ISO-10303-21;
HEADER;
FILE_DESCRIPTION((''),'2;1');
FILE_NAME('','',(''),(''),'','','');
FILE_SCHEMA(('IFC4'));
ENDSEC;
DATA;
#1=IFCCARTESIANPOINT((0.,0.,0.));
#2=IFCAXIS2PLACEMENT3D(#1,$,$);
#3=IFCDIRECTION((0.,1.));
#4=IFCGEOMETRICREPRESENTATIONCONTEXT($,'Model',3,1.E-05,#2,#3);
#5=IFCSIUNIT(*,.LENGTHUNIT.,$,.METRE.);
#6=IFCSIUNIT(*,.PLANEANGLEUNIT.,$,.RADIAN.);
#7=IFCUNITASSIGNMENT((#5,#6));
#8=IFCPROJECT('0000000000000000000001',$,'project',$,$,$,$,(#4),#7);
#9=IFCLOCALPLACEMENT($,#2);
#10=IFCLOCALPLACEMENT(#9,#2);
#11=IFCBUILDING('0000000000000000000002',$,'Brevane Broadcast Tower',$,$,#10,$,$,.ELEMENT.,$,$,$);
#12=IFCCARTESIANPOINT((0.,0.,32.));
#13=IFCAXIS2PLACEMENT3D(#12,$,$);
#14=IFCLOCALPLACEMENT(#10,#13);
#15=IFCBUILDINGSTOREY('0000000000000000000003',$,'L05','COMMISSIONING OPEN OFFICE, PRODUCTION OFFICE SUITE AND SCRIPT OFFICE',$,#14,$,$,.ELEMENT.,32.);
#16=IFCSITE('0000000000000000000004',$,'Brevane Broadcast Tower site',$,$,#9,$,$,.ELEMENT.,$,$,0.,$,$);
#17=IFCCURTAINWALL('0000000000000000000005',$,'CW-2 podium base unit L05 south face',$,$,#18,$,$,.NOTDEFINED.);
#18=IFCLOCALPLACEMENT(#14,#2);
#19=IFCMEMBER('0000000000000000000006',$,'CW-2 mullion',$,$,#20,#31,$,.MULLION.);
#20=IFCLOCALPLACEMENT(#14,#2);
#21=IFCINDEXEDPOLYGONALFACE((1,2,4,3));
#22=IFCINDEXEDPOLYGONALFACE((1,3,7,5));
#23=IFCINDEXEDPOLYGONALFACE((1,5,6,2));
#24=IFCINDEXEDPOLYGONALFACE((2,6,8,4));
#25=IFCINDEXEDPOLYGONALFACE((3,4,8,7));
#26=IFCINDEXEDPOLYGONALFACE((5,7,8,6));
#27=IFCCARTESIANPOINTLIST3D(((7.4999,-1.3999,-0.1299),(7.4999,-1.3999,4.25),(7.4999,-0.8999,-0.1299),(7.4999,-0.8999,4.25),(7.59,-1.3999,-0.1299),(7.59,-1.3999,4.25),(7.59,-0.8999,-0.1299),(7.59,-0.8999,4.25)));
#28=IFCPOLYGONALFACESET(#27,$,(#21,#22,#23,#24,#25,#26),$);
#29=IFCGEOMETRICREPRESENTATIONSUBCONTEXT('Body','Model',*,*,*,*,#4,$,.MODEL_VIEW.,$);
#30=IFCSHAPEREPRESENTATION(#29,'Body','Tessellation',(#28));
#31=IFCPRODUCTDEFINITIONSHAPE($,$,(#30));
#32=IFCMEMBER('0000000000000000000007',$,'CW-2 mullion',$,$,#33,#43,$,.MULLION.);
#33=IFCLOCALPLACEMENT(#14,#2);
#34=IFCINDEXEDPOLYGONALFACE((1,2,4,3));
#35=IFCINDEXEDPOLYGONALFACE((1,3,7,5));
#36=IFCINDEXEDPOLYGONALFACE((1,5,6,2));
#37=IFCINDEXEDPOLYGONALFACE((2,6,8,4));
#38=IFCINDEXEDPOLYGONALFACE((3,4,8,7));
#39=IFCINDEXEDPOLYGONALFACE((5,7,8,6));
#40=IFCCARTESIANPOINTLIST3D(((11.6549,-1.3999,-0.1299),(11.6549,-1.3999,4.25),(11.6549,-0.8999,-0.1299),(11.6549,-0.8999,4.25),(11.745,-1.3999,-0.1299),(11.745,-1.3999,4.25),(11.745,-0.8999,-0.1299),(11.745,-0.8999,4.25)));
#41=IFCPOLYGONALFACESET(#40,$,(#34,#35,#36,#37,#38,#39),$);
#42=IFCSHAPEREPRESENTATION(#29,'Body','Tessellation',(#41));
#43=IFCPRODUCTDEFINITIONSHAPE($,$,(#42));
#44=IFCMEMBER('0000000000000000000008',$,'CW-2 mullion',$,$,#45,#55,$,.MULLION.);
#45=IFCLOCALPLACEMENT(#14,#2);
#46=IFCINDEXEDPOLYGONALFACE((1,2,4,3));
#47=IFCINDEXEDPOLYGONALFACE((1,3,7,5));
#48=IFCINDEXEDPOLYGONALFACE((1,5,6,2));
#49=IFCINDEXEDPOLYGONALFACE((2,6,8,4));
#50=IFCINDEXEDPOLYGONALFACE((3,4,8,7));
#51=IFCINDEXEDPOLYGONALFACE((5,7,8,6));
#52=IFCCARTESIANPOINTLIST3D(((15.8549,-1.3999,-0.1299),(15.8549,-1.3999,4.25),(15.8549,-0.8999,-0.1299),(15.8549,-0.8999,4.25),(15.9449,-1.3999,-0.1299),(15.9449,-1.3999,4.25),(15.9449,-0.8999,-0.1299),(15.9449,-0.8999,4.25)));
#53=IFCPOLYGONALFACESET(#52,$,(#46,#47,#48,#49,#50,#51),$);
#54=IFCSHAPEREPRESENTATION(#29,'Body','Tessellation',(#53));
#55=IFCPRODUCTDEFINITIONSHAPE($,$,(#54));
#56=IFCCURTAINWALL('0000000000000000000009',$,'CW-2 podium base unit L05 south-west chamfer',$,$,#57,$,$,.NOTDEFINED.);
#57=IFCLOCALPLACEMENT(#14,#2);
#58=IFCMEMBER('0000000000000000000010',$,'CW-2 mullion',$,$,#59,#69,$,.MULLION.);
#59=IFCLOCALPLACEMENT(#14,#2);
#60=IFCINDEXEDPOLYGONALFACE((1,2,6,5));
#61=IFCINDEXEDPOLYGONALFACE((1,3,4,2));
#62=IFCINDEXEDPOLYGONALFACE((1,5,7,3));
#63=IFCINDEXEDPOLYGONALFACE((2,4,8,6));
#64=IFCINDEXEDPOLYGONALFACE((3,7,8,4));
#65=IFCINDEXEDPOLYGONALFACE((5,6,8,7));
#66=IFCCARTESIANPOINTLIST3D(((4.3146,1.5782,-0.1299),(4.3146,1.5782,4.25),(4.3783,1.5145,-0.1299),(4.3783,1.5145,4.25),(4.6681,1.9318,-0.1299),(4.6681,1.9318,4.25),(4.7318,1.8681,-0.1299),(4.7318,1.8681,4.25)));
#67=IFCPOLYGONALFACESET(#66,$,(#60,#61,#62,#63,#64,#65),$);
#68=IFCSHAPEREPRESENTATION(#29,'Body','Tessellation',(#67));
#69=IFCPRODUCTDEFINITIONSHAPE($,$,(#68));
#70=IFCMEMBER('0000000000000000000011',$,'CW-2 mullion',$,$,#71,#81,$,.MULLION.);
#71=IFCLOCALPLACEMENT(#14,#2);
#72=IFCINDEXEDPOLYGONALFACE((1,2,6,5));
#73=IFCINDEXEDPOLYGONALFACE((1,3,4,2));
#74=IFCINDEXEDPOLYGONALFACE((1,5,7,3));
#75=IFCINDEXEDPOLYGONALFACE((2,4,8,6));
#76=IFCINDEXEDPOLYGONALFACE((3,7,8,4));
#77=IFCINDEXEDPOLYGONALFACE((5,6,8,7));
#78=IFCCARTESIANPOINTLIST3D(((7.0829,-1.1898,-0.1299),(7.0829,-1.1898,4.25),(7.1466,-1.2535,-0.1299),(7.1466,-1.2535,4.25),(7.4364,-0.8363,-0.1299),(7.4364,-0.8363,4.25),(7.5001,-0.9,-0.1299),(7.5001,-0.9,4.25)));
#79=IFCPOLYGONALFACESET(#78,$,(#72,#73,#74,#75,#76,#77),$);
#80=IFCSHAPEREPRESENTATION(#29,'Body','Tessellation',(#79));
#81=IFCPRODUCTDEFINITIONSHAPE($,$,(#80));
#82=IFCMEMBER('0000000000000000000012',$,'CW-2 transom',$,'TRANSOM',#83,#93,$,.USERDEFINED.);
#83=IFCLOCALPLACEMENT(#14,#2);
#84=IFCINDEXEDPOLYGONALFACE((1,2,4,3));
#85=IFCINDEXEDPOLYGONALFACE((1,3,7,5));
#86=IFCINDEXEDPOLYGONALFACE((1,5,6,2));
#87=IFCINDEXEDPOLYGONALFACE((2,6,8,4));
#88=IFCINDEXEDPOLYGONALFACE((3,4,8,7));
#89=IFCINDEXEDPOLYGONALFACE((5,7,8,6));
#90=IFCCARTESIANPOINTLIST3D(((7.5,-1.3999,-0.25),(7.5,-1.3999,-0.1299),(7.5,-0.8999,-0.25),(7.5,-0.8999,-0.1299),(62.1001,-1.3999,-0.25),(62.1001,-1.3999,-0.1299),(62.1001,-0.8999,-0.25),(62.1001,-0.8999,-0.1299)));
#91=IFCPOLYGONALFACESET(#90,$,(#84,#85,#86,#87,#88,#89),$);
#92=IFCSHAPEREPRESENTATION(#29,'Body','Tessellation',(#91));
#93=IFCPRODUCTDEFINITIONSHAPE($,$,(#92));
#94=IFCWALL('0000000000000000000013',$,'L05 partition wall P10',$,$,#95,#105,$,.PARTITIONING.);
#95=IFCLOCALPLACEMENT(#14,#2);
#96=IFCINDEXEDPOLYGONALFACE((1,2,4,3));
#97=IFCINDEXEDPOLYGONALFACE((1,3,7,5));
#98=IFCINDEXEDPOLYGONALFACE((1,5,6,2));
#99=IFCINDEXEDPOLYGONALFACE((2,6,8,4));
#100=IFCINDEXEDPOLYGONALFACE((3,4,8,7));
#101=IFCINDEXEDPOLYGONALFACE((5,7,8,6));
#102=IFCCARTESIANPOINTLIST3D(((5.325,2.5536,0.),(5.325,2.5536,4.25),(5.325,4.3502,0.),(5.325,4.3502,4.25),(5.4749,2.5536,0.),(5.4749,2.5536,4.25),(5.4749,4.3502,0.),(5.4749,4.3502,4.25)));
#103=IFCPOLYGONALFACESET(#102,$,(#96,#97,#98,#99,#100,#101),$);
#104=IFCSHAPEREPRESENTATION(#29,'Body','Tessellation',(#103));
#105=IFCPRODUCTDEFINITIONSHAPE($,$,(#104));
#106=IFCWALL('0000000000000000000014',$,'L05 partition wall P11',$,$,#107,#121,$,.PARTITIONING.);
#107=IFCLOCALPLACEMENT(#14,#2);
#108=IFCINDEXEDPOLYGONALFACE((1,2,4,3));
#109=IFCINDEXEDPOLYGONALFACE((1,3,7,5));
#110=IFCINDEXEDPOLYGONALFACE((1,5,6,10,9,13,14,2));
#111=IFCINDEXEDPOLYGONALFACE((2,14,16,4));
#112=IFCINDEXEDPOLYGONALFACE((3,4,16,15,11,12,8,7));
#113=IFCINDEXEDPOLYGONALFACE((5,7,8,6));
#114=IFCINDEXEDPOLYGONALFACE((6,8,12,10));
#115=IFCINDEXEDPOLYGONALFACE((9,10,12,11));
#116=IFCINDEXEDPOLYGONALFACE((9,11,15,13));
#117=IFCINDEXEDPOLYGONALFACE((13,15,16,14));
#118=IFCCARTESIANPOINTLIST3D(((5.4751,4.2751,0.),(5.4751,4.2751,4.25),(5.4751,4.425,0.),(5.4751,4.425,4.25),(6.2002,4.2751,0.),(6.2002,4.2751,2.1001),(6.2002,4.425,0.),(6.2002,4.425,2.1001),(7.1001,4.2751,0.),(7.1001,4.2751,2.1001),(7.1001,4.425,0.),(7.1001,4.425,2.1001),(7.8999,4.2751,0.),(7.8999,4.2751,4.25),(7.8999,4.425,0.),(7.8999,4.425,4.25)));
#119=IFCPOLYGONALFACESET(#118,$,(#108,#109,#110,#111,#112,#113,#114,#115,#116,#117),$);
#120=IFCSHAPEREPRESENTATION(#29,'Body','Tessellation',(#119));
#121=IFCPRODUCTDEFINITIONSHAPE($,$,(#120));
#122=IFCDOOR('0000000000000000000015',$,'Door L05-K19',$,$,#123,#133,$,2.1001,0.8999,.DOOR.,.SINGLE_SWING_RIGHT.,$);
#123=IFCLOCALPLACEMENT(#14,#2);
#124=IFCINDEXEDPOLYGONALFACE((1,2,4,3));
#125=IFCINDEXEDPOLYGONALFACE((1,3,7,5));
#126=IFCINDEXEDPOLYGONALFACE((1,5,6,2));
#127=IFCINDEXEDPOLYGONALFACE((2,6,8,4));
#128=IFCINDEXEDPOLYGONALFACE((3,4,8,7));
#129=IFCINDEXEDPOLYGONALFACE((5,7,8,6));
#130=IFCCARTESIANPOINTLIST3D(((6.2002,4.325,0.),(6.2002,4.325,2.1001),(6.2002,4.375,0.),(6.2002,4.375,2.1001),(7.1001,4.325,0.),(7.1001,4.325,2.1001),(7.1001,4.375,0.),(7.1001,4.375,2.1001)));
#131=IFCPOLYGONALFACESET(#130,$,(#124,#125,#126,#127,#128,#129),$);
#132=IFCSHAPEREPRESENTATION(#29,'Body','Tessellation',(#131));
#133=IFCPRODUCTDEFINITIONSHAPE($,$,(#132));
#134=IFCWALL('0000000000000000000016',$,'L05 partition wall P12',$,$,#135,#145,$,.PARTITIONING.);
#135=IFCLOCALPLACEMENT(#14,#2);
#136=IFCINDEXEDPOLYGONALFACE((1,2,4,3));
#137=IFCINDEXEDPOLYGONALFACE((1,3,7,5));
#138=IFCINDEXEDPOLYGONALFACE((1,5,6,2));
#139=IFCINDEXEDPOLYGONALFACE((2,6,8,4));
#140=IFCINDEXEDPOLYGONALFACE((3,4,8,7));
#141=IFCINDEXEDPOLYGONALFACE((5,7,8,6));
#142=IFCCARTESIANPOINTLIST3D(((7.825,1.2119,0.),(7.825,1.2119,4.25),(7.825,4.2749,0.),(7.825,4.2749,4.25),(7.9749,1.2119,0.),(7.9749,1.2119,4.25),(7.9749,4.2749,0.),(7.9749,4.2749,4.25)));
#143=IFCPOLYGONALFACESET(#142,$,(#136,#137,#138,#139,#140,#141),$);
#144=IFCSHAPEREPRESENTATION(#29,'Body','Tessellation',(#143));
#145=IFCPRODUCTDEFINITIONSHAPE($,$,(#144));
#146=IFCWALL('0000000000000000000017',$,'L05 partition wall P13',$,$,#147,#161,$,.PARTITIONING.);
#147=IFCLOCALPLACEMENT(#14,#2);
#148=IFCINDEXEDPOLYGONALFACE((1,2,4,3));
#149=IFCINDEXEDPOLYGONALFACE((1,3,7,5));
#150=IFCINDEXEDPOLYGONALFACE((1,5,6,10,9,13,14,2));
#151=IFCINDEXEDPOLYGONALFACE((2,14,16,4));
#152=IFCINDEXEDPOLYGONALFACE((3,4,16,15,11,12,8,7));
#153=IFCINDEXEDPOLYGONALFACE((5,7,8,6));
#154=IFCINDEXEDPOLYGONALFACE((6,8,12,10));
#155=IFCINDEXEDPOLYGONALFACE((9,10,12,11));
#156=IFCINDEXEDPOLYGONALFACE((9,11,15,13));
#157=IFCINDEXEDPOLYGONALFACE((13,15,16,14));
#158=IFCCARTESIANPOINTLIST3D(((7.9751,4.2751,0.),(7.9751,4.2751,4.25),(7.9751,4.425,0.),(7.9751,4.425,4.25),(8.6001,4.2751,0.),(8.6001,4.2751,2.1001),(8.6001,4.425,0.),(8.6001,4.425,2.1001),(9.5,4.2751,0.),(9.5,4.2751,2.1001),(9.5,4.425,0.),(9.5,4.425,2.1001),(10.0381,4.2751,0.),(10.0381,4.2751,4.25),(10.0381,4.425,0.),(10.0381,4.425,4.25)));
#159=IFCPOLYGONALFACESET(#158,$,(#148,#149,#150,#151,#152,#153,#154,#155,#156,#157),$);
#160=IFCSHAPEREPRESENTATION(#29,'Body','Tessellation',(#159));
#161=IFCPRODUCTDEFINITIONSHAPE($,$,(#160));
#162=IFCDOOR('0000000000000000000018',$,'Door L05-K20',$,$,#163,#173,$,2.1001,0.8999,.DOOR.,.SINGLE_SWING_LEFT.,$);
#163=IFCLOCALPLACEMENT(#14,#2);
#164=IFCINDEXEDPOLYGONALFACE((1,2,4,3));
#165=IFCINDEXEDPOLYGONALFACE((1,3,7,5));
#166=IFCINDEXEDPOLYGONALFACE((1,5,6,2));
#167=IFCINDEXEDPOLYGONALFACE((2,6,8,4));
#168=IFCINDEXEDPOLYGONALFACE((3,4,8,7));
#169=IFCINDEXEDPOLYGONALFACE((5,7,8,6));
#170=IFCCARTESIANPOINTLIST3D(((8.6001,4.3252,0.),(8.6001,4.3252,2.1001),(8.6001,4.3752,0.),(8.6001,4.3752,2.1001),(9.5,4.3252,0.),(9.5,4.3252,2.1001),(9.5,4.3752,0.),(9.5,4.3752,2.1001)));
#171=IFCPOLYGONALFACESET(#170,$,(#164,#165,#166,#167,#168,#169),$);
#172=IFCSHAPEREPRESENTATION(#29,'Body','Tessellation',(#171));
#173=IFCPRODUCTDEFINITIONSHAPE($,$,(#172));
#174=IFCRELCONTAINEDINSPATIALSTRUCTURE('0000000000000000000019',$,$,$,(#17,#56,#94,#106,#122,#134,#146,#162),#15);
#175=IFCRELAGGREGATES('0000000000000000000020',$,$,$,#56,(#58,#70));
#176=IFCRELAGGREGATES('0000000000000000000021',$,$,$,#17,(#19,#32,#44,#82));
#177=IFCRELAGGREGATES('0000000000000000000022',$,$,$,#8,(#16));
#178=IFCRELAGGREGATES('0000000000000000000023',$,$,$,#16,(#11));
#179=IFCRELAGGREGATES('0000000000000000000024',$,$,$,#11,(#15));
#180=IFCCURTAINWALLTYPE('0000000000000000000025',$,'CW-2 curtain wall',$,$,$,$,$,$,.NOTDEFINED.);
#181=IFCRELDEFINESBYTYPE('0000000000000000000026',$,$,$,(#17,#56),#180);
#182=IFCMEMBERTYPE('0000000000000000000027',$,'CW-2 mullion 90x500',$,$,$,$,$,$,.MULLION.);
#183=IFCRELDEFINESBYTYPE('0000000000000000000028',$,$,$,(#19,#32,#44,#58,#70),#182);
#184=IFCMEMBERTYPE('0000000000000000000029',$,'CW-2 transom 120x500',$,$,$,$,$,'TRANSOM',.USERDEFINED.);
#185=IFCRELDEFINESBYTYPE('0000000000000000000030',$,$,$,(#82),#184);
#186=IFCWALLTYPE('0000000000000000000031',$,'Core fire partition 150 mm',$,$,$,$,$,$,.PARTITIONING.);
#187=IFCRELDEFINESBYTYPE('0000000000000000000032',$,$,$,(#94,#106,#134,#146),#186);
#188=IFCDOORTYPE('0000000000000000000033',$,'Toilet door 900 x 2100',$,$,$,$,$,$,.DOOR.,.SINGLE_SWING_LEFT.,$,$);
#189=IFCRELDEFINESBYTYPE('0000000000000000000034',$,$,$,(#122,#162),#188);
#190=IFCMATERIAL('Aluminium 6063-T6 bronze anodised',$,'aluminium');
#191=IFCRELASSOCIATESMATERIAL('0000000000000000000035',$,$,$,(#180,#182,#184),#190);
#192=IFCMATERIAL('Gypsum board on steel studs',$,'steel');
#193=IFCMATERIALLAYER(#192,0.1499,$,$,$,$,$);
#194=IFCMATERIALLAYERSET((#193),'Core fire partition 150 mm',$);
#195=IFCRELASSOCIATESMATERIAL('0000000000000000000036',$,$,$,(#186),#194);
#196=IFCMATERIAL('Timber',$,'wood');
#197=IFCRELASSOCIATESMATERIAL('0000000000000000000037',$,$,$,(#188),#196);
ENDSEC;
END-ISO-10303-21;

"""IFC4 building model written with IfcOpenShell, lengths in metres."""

from ifc_helpers import new_model, si_unit, direction, frame, frame_2d, origin, origin_2d, place, context, subcontext, project, spatial, rectangle, extrude, material, layer, layer_set, material_profile, profile_set, type_object, element, fill, aggregate, save


model = new_model("IFC4")

# Units and contexts
model_context = context("Model", 3, precision=1e-05, world=origin(), true_north=direction((0.0, 1.0)))
body_context = subcontext(model_context, "Body", "Model", "MODEL_VIEW")
ifc_project = project(units=[si_unit("LENGTHUNIT", "METRE"), si_unit("PLANEANGLEUNIT", "RADIAN")], contexts=[model_context])

# Site, building, storey
site_placement = place(None, origin())
site = spatial("IfcSite", under=ifc_project, at=site_placement, Name="Brevane Broadcast Tower site", CompositionType="ELEMENT", RefElevation=0.0)
building_placement = place(site_placement, origin())
building = spatial("IfcBuilding", under=site, at=building_placement, Name="Brevane Broadcast Tower", CompositionType="ELEMENT")
storey_placement = place(building_placement, frame((0.0, 0.0, 32.0)))
storey = spatial("IfcBuildingStorey", under=building, at=storey_placement, Name="L05", Description="COMMISSIONING OPEN OFFICE, PRODUCTION OFFICE SUITE AND SCRIPT OFFICE", CompositionType="ELEMENT", Elevation=32.0)

# Curtain walls, members
ifc_material_1 = material(Name="Aluminium 6063-T6 bronze anodised", Category="aluminium")
curtain_wall_type = type_object("IfcCurtainWallType", Name="CW-2 curtain wall", PredefinedType="NOTDEFINED", material=ifc_material_1)
curtain_wall_1_placement = place(storey_placement, origin())
curtain_wall_1 = element("IfcCurtainWall", 1, at=curtain_wall_1_placement, inside=storey, type_object=curtain_wall_type, Name="CW-2 podium base unit L05 south face", PredefinedType="NOTDEFINED")
ifc_material_profile_1 = material_profile(ifc_material_1, rectangle(XDim=0.5, YDim=0.0901, at=origin_2d()), Name="RECT 90x500")
ifc_profile_set_1 = profile_set([ifc_material_profile_1], Name="Aluminium 6063-T6 bronze anodised")
member_type_1 = type_object("IfcMemberType", Name="CW-2 mullion 90x500", PredefinedType="MULLION", material=ifc_profile_set_1)
member_1_placement = place(storey_placement, frame((7.5449, -1.1499, -0.1299), z_axis=(0.0, 0.0, 1.0), x_axis=(0.0, 1.0, 0.0)))
member_1 = element("IfcMember", 2, at=member_1_placement, type_object=member_type_1, Name="CW-2 mullion", PredefinedType="MULLION", context=body_context, shape_type="SweptSolid", body=[
    extrude(rectangle(XDim=0.5, YDim=0.0901, at=origin_2d()), origin(), (0.0, 0.0, 1.0), 4.3799),
])
member_2_placement = place(storey_placement, frame((11.7, -1.1499, -0.1299), z_axis=(0.0, 0.0, 1.0), x_axis=(0.0, 1.0, 0.0)))
member_2 = element("IfcMember", 3, at=member_2_placement, type_object=member_type_1, Name="CW-2 mullion", PredefinedType="MULLION", context=body_context, shape_type="SweptSolid", body=[
    extrude(rectangle(XDim=0.5, YDim=0.0901, at=origin_2d()), origin(), (0.0, 0.0, 1.0), 4.3799),
])
member_3_placement = place(storey_placement, frame((15.8999, -1.1499, -0.1299), z_axis=(0.0, 0.0, 1.0), x_axis=(0.0, 1.0, 0.0)))
member_3 = element("IfcMember", 4, at=member_3_placement, type_object=member_type_1, Name="CW-2 mullion", PredefinedType="MULLION", context=body_context, shape_type="SweptSolid", body=[
    extrude(rectangle(XDim=0.5, YDim=0.0901, at=origin_2d()), origin(), (0.0, 0.0, 1.0), 4.3799),
])
curtain_wall_2_placement = place(storey_placement, origin())
curtain_wall_2 = element("IfcCurtainWall", 5, at=curtain_wall_2_placement, inside=storey, type_object=curtain_wall_type, Name="CW-2 podium base unit L05 south-west chamfer", PredefinedType="NOTDEFINED")
member_4_placement = place(storey_placement, frame((4.5232, 1.7231, -0.1299), z_axis=(0.0, 0.0, 1.0), x_axis=(0.707107, 0.707107, 0.0)))
member_4 = element("IfcMember", 6, at=member_4_placement, type_object=member_type_1, Name="CW-2 mullion", PredefinedType="MULLION", context=body_context, shape_type="SweptSolid", body=[
    extrude(rectangle(XDim=0.5, YDim=0.0901, at=origin_2d()), origin(), (0.0, 0.0, 1.0), 4.3799),
])
member_5_placement = place(storey_placement, frame((7.2915, -1.0449, -0.1299), z_axis=(0.0, 0.0, 1.0), x_axis=(0.707107, 0.707107, 0.0)))
member_5 = element("IfcMember", 7, at=member_5_placement, type_object=member_type_1, Name="CW-2 mullion", PredefinedType="MULLION", context=body_context, shape_type="SweptSolid", body=[
    extrude(rectangle(XDim=0.5, YDim=0.0901, at=origin_2d()), origin(), (0.0, 0.0, 1.0), 4.3799),
])
aggregate(curtain_wall_2, [member_4, member_5])

# Member
ifc_material_profile_2 = material_profile(ifc_material_1, rectangle(XDim=0.5, YDim=0.1201, at=origin_2d()), Name="RECT 120x500")
ifc_profile_set_2 = profile_set([ifc_material_profile_2], Name="Aluminium 6063-T6 bronze anodised")
member_type_2 = type_object("IfcMemberType", Name="CW-2 transom 120x500", ElementType="TRANSOM", PredefinedType="USERDEFINED", material=ifc_profile_set_2)
member_6_placement = place(storey_placement, frame((7.5, -1.1499, -0.1899), z_axis=(1.0, 0.0, 0.0), x_axis=(0.0, 1.0, 0.0)))
member_6 = element("IfcMember", 8, at=member_6_placement, type_object=member_type_2, Name="CW-2 transom", ObjectType="TRANSOM", PredefinedType="USERDEFINED", context=body_context, shape_type="SweptSolid", body=[
    extrude(rectangle(XDim=0.5, YDim=0.1201, at=origin_2d()), origin(), (0.0, 0.0, 1.0), 54.6001),
])
aggregate(curtain_wall_1, [member_1, member_2, member_3, member_6])

# Wall
ifc_material_2 = material(Name="Gypsum board on steel studs", Category="steel")
ifc_layer_1 = layer(ifc_material_2, 0.1499)
ifc_layer_set_1 = layer_set([ifc_layer_1], Name="Core fire partition 150 mm")
wall_type_1 = type_object("IfcWallType", Name="Core fire partition 150 mm", PredefinedType="PARTITIONING", material=ifc_layer_set_1)
wall_1_placement = place(storey_placement, frame((5.3999, 2.5535, 0.0), z_axis=(0.0, 0.0, 1.0), x_axis=(0.0, 1.0, 0.0)))
element("IfcWall", 9, at=wall_1_placement, inside=storey, type_object=wall_type_1, Name="L05 partition wall P10", PredefinedType="PARTITIONING", context=body_context, shape_type="SweptSolid", body=[
    extrude(rectangle(XDim=1.7966, YDim=0.1499, at=frame_2d((0.8984, 0.0))), origin(), (0.0, 0.0, 1.0), 4.25),
])

# Wall, opening, door
wall_2_placement = place(storey_placement, frame((5.4751, 4.3501, 0.0), z_axis=(0.0, 0.0, 1.0), x_axis=(1.0, 0.0, 0.0)))
wall_2 = element("IfcWall", 10, at=wall_2_placement, inside=storey, type_object=wall_type_1, Name="L05 partition wall P11", PredefinedType="PARTITIONING", context=body_context, shape_type="SweptSolid", body=[
    extrude(rectangle(XDim=2.4248, YDim=0.1499, at=frame_2d((1.2124, 0.0))), origin(), (0.0, 0.0, 1.0), 4.25),
])
opening_1_placement = place(wall_2_placement, frame((0.7251, 0.0, 0.0)))
opening_1 = element("IfcOpeningElement", 11, at=opening_1_placement, cuts=wall_2, PredefinedType="OPENING", context=body_context, shape_type="SweptSolid", body=[
    extrude(rectangle(XDim=0.8999, YDim=2.1001, at=frame_2d((0.45, 1.05))), frame((0.0, 0.085, 0.0), z_axis=(0.0, -1.0, 0.0), x_axis=(1.0, 0.0, 0.0)), (0.0, 0.0, 1.0), 0.1699),
])
ifc_material_3 = material(Name="Timber", Category="wood")
door_type_1 = type_object("IfcDoorType", Name="Toilet door 900 x 2100", OperationType="SINGLE_SWING_LEFT", PredefinedType="DOOR", material=ifc_material_3)
door_1_placement = place(opening_1_placement, origin())
door_1 = element("IfcDoor", 12, at=door_1_placement, inside=storey, type_object=door_type_1, Name="Door L05-K19", OperationType="SINGLE_SWING_RIGHT", OverallHeight=2.1001, OverallWidth=0.8999, PredefinedType="DOOR", context=body_context, shape_type="SweptSolid", body=[
    extrude(rectangle(XDim=0.8999, YDim=2.1001, at=frame_2d((0.45, 1.05))), frame((0.0, 0.0249, 0.0), z_axis=(0.0, -1.0, 0.0), x_axis=(1.0, 0.0, 0.0)), (0.0, 0.0, 1.0), 0.05),
])
fill(opening_1, door_1)

# Wall
wall_3_placement = place(storey_placement, frame((7.8999, 4.2749, 0.0), z_axis=(0.0, 0.0, 1.0), x_axis=(0.0, -1.0, 0.0)))
element("IfcWall", 13, at=wall_3_placement, inside=storey, type_object=wall_type_1, Name="L05 partition wall P12", PredefinedType="PARTITIONING", context=body_context, shape_type="SweptSolid", body=[
    extrude(rectangle(XDim=3.063, YDim=0.1499, at=frame_2d((1.5315, 0.0))), origin(), (0.0, 0.0, 1.0), 4.25),
])

# Wall, opening, door
wall_4_placement = place(storey_placement, frame((10.0381, 4.3501, 0.0), z_axis=(0.0, 0.0, 1.0), x_axis=(-1.0, 0.0, 0.0)))
wall_4 = element("IfcWall", 14, at=wall_4_placement, inside=storey, type_object=wall_type_1, Name="L05 partition wall P13", PredefinedType="PARTITIONING", context=body_context, shape_type="SweptSolid", body=[
    extrude(rectangle(XDim=2.063, YDim=0.1499, at=frame_2d((1.0315, 0.0))), origin(), (0.0, 0.0, 1.0), 4.25),
])
opening_2_placement = place(wall_4_placement, frame((0.5381, 0.0, 0.0)))
opening_2 = element("IfcOpeningElement", 15, at=opening_2_placement, cuts=wall_4, PredefinedType="OPENING", context=body_context, shape_type="SweptSolid", body=[
    extrude(rectangle(XDim=0.8999, YDim=2.1001, at=frame_2d((0.45, 1.05))), frame((0.0, 0.085, 0.0), z_axis=(0.0, -1.0, 0.0), x_axis=(1.0, 0.0, 0.0)), (0.0, 0.0, 1.0), 0.1699),
])
door_2_placement = place(opening_2_placement, origin())
door_2 = element("IfcDoor", 16, at=door_2_placement, inside=storey, type_object=door_type_1, Name="Door L05-K20", OperationType="SINGLE_SWING_LEFT", OverallHeight=2.1001, OverallWidth=0.8999, PredefinedType="DOOR", context=body_context, shape_type="SweptSolid", body=[
    extrude(rectangle(XDim=0.8999, YDim=2.1001, at=frame_2d((0.45, 1.05))), frame((0.0, 0.0249, 0.0), z_axis=(0.0, -1.0, 0.0), x_axis=(1.0, 0.0, 0.0)), (0.0, 0.0, 1.0), 0.05),
])
fill(opening_2, door_2)

save(model, "model.ifc")
